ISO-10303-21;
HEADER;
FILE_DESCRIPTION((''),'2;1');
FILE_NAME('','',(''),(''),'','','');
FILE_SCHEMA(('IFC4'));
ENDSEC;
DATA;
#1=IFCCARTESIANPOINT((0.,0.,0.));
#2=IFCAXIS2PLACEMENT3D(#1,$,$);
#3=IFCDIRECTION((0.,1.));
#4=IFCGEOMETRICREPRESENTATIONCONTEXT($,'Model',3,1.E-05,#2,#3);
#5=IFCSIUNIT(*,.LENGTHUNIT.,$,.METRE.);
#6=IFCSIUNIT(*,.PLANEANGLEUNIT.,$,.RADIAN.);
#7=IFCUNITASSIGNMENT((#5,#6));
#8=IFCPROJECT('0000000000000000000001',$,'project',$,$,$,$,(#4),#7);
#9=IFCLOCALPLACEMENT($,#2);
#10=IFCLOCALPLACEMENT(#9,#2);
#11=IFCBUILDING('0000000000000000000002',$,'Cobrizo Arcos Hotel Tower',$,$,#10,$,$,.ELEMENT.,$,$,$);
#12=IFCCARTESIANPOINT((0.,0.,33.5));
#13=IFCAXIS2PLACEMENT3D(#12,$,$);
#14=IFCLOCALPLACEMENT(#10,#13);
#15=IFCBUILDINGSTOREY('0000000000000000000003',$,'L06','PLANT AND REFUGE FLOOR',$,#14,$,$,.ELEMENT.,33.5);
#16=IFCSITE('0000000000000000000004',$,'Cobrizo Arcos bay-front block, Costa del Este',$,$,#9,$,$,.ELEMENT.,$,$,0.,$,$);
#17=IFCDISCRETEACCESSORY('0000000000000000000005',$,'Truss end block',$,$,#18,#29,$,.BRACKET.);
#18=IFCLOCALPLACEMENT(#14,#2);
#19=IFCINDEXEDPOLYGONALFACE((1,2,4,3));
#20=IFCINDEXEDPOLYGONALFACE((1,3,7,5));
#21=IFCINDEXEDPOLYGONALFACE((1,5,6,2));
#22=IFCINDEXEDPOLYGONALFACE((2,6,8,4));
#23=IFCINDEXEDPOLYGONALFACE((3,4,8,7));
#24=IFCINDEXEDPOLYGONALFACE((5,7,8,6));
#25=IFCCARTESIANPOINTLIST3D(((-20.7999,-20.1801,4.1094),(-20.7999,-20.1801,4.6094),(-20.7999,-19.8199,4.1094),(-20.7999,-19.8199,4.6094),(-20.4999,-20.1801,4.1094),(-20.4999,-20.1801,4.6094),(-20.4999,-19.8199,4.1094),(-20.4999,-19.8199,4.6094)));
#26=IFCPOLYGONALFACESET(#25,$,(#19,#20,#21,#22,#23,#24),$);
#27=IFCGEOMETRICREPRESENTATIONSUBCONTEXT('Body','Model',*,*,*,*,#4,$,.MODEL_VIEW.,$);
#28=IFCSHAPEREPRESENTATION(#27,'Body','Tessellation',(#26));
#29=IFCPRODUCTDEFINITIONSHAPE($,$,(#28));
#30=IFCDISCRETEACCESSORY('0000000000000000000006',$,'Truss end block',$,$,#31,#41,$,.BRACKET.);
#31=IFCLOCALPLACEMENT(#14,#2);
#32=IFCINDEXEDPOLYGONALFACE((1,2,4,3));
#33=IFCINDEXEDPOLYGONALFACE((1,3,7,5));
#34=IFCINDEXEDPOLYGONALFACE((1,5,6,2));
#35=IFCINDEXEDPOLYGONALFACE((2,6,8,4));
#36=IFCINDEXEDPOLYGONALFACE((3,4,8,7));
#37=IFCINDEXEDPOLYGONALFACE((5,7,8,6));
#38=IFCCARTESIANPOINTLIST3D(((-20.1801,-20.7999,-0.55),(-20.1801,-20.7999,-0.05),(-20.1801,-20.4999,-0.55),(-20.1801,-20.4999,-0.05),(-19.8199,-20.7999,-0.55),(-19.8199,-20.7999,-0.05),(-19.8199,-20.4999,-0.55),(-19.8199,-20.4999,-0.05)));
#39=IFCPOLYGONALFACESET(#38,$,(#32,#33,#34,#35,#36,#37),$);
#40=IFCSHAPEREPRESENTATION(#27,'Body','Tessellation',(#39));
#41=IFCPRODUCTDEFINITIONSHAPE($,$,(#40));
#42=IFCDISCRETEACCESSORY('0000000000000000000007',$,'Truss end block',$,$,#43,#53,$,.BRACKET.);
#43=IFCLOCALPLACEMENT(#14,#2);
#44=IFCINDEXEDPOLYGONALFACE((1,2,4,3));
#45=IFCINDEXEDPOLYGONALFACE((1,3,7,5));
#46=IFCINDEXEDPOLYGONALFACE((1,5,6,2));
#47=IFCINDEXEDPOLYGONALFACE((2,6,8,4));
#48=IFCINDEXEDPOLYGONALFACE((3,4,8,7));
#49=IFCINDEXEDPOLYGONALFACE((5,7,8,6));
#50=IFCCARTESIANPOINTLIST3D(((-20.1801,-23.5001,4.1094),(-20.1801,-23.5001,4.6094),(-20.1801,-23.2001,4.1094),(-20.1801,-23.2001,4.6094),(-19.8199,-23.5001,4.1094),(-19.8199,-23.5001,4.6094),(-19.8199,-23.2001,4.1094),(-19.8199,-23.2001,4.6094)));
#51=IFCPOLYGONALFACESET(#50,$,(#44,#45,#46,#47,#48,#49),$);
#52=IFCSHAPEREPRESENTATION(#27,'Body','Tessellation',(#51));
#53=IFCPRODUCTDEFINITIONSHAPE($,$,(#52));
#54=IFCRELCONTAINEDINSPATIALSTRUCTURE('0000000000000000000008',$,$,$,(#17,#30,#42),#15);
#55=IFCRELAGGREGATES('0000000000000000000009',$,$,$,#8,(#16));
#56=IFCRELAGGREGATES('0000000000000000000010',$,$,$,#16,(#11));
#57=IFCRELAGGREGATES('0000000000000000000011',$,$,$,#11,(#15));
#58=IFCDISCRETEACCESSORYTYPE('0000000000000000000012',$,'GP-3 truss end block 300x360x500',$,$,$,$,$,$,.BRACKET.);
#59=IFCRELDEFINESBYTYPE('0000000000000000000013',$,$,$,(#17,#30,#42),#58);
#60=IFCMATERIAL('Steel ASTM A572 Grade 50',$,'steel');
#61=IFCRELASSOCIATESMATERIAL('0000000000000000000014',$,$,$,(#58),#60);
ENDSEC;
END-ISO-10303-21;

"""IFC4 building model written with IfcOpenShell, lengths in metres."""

from ifc_helpers import new_model, si_unit, direction, frame, origin, origin_2d, place, context, subcontext, project, spatial, rectangle, extrude, material, type_object, element, save


model = new_model("IFC4")

# Units and contexts
model_context = context("Model", 3, precision=1e-05, world=origin(), true_north=direction((0.0, 1.0)))
body_context = subcontext(model_context, "Body", "Model", "MODEL_VIEW")
ifc_project = project(units=[si_unit("LENGTHUNIT", "METRE"), si_unit("PLANEANGLEUNIT", "RADIAN")], contexts=[model_context])

# Site, building, storey
site_placement = place(None, origin())
site = spatial("IfcSite", under=ifc_project, at=site_placement, Name="Cobrizo Arcos bay-front block, Costa del Este", CompositionType="ELEMENT", RefElevation=0.0)
building_placement = place(site_placement, origin())
building = spatial("IfcBuilding", under=site, at=building_placement, Name="Cobrizo Arcos Hotel Tower", CompositionType="ELEMENT")
storey_placement = place(building_placement, frame((0.0, 0.0, 33.5)))
storey = spatial("IfcBuildingStorey", under=building, at=storey_placement, Name="L06", Description="PLANT AND REFUGE FLOOR", CompositionType="ELEMENT", Elevation=33.5)

# Shared definitions
ifc_material_1 = material(Name="Steel ASTM A572 Grade 50", Category="steel")

# Discrete accessories
discrete_accessory_type = type_object("IfcDiscreteAccessoryType", Name="GP-3 truss end block 300x360x500", PredefinedType="BRACKET", material=ifc_material_1)
for number, where, z_axis, x_axis, name in (
    (1, (-20.6499, -20.0, 4.1094), (0.0, 0.0, 1.0), (-1.0, 0.0, 0.0), "Truss end block"),
    (2, (-20.0, -20.6499, -0.55), (0.0, 0.0, 1.0), (0.0, -1.0, 0.0), "Truss end block"),
    (3, (-20.0, -23.3501, 4.1094), (0.0, 0.0, 1.0), (0.0, 1.0, 0.0), "Truss end block"),
):
    element("IfcDiscreteAccessory", number, at=place(storey_placement, frame(where, z_axis=z_axis, x_axis=x_axis)), inside=storey, type_object=discrete_accessory_type, Name=name, PredefinedType="BRACKET", context=body_context, shape_type="SweptSolid", body=[
        extrude(rectangle(XDim=0.3, YDim=0.3601, at=origin_2d()), origin(), (0.0, 0.0, 1.0), 0.5),
    ])

save(model, "model.ifc")
